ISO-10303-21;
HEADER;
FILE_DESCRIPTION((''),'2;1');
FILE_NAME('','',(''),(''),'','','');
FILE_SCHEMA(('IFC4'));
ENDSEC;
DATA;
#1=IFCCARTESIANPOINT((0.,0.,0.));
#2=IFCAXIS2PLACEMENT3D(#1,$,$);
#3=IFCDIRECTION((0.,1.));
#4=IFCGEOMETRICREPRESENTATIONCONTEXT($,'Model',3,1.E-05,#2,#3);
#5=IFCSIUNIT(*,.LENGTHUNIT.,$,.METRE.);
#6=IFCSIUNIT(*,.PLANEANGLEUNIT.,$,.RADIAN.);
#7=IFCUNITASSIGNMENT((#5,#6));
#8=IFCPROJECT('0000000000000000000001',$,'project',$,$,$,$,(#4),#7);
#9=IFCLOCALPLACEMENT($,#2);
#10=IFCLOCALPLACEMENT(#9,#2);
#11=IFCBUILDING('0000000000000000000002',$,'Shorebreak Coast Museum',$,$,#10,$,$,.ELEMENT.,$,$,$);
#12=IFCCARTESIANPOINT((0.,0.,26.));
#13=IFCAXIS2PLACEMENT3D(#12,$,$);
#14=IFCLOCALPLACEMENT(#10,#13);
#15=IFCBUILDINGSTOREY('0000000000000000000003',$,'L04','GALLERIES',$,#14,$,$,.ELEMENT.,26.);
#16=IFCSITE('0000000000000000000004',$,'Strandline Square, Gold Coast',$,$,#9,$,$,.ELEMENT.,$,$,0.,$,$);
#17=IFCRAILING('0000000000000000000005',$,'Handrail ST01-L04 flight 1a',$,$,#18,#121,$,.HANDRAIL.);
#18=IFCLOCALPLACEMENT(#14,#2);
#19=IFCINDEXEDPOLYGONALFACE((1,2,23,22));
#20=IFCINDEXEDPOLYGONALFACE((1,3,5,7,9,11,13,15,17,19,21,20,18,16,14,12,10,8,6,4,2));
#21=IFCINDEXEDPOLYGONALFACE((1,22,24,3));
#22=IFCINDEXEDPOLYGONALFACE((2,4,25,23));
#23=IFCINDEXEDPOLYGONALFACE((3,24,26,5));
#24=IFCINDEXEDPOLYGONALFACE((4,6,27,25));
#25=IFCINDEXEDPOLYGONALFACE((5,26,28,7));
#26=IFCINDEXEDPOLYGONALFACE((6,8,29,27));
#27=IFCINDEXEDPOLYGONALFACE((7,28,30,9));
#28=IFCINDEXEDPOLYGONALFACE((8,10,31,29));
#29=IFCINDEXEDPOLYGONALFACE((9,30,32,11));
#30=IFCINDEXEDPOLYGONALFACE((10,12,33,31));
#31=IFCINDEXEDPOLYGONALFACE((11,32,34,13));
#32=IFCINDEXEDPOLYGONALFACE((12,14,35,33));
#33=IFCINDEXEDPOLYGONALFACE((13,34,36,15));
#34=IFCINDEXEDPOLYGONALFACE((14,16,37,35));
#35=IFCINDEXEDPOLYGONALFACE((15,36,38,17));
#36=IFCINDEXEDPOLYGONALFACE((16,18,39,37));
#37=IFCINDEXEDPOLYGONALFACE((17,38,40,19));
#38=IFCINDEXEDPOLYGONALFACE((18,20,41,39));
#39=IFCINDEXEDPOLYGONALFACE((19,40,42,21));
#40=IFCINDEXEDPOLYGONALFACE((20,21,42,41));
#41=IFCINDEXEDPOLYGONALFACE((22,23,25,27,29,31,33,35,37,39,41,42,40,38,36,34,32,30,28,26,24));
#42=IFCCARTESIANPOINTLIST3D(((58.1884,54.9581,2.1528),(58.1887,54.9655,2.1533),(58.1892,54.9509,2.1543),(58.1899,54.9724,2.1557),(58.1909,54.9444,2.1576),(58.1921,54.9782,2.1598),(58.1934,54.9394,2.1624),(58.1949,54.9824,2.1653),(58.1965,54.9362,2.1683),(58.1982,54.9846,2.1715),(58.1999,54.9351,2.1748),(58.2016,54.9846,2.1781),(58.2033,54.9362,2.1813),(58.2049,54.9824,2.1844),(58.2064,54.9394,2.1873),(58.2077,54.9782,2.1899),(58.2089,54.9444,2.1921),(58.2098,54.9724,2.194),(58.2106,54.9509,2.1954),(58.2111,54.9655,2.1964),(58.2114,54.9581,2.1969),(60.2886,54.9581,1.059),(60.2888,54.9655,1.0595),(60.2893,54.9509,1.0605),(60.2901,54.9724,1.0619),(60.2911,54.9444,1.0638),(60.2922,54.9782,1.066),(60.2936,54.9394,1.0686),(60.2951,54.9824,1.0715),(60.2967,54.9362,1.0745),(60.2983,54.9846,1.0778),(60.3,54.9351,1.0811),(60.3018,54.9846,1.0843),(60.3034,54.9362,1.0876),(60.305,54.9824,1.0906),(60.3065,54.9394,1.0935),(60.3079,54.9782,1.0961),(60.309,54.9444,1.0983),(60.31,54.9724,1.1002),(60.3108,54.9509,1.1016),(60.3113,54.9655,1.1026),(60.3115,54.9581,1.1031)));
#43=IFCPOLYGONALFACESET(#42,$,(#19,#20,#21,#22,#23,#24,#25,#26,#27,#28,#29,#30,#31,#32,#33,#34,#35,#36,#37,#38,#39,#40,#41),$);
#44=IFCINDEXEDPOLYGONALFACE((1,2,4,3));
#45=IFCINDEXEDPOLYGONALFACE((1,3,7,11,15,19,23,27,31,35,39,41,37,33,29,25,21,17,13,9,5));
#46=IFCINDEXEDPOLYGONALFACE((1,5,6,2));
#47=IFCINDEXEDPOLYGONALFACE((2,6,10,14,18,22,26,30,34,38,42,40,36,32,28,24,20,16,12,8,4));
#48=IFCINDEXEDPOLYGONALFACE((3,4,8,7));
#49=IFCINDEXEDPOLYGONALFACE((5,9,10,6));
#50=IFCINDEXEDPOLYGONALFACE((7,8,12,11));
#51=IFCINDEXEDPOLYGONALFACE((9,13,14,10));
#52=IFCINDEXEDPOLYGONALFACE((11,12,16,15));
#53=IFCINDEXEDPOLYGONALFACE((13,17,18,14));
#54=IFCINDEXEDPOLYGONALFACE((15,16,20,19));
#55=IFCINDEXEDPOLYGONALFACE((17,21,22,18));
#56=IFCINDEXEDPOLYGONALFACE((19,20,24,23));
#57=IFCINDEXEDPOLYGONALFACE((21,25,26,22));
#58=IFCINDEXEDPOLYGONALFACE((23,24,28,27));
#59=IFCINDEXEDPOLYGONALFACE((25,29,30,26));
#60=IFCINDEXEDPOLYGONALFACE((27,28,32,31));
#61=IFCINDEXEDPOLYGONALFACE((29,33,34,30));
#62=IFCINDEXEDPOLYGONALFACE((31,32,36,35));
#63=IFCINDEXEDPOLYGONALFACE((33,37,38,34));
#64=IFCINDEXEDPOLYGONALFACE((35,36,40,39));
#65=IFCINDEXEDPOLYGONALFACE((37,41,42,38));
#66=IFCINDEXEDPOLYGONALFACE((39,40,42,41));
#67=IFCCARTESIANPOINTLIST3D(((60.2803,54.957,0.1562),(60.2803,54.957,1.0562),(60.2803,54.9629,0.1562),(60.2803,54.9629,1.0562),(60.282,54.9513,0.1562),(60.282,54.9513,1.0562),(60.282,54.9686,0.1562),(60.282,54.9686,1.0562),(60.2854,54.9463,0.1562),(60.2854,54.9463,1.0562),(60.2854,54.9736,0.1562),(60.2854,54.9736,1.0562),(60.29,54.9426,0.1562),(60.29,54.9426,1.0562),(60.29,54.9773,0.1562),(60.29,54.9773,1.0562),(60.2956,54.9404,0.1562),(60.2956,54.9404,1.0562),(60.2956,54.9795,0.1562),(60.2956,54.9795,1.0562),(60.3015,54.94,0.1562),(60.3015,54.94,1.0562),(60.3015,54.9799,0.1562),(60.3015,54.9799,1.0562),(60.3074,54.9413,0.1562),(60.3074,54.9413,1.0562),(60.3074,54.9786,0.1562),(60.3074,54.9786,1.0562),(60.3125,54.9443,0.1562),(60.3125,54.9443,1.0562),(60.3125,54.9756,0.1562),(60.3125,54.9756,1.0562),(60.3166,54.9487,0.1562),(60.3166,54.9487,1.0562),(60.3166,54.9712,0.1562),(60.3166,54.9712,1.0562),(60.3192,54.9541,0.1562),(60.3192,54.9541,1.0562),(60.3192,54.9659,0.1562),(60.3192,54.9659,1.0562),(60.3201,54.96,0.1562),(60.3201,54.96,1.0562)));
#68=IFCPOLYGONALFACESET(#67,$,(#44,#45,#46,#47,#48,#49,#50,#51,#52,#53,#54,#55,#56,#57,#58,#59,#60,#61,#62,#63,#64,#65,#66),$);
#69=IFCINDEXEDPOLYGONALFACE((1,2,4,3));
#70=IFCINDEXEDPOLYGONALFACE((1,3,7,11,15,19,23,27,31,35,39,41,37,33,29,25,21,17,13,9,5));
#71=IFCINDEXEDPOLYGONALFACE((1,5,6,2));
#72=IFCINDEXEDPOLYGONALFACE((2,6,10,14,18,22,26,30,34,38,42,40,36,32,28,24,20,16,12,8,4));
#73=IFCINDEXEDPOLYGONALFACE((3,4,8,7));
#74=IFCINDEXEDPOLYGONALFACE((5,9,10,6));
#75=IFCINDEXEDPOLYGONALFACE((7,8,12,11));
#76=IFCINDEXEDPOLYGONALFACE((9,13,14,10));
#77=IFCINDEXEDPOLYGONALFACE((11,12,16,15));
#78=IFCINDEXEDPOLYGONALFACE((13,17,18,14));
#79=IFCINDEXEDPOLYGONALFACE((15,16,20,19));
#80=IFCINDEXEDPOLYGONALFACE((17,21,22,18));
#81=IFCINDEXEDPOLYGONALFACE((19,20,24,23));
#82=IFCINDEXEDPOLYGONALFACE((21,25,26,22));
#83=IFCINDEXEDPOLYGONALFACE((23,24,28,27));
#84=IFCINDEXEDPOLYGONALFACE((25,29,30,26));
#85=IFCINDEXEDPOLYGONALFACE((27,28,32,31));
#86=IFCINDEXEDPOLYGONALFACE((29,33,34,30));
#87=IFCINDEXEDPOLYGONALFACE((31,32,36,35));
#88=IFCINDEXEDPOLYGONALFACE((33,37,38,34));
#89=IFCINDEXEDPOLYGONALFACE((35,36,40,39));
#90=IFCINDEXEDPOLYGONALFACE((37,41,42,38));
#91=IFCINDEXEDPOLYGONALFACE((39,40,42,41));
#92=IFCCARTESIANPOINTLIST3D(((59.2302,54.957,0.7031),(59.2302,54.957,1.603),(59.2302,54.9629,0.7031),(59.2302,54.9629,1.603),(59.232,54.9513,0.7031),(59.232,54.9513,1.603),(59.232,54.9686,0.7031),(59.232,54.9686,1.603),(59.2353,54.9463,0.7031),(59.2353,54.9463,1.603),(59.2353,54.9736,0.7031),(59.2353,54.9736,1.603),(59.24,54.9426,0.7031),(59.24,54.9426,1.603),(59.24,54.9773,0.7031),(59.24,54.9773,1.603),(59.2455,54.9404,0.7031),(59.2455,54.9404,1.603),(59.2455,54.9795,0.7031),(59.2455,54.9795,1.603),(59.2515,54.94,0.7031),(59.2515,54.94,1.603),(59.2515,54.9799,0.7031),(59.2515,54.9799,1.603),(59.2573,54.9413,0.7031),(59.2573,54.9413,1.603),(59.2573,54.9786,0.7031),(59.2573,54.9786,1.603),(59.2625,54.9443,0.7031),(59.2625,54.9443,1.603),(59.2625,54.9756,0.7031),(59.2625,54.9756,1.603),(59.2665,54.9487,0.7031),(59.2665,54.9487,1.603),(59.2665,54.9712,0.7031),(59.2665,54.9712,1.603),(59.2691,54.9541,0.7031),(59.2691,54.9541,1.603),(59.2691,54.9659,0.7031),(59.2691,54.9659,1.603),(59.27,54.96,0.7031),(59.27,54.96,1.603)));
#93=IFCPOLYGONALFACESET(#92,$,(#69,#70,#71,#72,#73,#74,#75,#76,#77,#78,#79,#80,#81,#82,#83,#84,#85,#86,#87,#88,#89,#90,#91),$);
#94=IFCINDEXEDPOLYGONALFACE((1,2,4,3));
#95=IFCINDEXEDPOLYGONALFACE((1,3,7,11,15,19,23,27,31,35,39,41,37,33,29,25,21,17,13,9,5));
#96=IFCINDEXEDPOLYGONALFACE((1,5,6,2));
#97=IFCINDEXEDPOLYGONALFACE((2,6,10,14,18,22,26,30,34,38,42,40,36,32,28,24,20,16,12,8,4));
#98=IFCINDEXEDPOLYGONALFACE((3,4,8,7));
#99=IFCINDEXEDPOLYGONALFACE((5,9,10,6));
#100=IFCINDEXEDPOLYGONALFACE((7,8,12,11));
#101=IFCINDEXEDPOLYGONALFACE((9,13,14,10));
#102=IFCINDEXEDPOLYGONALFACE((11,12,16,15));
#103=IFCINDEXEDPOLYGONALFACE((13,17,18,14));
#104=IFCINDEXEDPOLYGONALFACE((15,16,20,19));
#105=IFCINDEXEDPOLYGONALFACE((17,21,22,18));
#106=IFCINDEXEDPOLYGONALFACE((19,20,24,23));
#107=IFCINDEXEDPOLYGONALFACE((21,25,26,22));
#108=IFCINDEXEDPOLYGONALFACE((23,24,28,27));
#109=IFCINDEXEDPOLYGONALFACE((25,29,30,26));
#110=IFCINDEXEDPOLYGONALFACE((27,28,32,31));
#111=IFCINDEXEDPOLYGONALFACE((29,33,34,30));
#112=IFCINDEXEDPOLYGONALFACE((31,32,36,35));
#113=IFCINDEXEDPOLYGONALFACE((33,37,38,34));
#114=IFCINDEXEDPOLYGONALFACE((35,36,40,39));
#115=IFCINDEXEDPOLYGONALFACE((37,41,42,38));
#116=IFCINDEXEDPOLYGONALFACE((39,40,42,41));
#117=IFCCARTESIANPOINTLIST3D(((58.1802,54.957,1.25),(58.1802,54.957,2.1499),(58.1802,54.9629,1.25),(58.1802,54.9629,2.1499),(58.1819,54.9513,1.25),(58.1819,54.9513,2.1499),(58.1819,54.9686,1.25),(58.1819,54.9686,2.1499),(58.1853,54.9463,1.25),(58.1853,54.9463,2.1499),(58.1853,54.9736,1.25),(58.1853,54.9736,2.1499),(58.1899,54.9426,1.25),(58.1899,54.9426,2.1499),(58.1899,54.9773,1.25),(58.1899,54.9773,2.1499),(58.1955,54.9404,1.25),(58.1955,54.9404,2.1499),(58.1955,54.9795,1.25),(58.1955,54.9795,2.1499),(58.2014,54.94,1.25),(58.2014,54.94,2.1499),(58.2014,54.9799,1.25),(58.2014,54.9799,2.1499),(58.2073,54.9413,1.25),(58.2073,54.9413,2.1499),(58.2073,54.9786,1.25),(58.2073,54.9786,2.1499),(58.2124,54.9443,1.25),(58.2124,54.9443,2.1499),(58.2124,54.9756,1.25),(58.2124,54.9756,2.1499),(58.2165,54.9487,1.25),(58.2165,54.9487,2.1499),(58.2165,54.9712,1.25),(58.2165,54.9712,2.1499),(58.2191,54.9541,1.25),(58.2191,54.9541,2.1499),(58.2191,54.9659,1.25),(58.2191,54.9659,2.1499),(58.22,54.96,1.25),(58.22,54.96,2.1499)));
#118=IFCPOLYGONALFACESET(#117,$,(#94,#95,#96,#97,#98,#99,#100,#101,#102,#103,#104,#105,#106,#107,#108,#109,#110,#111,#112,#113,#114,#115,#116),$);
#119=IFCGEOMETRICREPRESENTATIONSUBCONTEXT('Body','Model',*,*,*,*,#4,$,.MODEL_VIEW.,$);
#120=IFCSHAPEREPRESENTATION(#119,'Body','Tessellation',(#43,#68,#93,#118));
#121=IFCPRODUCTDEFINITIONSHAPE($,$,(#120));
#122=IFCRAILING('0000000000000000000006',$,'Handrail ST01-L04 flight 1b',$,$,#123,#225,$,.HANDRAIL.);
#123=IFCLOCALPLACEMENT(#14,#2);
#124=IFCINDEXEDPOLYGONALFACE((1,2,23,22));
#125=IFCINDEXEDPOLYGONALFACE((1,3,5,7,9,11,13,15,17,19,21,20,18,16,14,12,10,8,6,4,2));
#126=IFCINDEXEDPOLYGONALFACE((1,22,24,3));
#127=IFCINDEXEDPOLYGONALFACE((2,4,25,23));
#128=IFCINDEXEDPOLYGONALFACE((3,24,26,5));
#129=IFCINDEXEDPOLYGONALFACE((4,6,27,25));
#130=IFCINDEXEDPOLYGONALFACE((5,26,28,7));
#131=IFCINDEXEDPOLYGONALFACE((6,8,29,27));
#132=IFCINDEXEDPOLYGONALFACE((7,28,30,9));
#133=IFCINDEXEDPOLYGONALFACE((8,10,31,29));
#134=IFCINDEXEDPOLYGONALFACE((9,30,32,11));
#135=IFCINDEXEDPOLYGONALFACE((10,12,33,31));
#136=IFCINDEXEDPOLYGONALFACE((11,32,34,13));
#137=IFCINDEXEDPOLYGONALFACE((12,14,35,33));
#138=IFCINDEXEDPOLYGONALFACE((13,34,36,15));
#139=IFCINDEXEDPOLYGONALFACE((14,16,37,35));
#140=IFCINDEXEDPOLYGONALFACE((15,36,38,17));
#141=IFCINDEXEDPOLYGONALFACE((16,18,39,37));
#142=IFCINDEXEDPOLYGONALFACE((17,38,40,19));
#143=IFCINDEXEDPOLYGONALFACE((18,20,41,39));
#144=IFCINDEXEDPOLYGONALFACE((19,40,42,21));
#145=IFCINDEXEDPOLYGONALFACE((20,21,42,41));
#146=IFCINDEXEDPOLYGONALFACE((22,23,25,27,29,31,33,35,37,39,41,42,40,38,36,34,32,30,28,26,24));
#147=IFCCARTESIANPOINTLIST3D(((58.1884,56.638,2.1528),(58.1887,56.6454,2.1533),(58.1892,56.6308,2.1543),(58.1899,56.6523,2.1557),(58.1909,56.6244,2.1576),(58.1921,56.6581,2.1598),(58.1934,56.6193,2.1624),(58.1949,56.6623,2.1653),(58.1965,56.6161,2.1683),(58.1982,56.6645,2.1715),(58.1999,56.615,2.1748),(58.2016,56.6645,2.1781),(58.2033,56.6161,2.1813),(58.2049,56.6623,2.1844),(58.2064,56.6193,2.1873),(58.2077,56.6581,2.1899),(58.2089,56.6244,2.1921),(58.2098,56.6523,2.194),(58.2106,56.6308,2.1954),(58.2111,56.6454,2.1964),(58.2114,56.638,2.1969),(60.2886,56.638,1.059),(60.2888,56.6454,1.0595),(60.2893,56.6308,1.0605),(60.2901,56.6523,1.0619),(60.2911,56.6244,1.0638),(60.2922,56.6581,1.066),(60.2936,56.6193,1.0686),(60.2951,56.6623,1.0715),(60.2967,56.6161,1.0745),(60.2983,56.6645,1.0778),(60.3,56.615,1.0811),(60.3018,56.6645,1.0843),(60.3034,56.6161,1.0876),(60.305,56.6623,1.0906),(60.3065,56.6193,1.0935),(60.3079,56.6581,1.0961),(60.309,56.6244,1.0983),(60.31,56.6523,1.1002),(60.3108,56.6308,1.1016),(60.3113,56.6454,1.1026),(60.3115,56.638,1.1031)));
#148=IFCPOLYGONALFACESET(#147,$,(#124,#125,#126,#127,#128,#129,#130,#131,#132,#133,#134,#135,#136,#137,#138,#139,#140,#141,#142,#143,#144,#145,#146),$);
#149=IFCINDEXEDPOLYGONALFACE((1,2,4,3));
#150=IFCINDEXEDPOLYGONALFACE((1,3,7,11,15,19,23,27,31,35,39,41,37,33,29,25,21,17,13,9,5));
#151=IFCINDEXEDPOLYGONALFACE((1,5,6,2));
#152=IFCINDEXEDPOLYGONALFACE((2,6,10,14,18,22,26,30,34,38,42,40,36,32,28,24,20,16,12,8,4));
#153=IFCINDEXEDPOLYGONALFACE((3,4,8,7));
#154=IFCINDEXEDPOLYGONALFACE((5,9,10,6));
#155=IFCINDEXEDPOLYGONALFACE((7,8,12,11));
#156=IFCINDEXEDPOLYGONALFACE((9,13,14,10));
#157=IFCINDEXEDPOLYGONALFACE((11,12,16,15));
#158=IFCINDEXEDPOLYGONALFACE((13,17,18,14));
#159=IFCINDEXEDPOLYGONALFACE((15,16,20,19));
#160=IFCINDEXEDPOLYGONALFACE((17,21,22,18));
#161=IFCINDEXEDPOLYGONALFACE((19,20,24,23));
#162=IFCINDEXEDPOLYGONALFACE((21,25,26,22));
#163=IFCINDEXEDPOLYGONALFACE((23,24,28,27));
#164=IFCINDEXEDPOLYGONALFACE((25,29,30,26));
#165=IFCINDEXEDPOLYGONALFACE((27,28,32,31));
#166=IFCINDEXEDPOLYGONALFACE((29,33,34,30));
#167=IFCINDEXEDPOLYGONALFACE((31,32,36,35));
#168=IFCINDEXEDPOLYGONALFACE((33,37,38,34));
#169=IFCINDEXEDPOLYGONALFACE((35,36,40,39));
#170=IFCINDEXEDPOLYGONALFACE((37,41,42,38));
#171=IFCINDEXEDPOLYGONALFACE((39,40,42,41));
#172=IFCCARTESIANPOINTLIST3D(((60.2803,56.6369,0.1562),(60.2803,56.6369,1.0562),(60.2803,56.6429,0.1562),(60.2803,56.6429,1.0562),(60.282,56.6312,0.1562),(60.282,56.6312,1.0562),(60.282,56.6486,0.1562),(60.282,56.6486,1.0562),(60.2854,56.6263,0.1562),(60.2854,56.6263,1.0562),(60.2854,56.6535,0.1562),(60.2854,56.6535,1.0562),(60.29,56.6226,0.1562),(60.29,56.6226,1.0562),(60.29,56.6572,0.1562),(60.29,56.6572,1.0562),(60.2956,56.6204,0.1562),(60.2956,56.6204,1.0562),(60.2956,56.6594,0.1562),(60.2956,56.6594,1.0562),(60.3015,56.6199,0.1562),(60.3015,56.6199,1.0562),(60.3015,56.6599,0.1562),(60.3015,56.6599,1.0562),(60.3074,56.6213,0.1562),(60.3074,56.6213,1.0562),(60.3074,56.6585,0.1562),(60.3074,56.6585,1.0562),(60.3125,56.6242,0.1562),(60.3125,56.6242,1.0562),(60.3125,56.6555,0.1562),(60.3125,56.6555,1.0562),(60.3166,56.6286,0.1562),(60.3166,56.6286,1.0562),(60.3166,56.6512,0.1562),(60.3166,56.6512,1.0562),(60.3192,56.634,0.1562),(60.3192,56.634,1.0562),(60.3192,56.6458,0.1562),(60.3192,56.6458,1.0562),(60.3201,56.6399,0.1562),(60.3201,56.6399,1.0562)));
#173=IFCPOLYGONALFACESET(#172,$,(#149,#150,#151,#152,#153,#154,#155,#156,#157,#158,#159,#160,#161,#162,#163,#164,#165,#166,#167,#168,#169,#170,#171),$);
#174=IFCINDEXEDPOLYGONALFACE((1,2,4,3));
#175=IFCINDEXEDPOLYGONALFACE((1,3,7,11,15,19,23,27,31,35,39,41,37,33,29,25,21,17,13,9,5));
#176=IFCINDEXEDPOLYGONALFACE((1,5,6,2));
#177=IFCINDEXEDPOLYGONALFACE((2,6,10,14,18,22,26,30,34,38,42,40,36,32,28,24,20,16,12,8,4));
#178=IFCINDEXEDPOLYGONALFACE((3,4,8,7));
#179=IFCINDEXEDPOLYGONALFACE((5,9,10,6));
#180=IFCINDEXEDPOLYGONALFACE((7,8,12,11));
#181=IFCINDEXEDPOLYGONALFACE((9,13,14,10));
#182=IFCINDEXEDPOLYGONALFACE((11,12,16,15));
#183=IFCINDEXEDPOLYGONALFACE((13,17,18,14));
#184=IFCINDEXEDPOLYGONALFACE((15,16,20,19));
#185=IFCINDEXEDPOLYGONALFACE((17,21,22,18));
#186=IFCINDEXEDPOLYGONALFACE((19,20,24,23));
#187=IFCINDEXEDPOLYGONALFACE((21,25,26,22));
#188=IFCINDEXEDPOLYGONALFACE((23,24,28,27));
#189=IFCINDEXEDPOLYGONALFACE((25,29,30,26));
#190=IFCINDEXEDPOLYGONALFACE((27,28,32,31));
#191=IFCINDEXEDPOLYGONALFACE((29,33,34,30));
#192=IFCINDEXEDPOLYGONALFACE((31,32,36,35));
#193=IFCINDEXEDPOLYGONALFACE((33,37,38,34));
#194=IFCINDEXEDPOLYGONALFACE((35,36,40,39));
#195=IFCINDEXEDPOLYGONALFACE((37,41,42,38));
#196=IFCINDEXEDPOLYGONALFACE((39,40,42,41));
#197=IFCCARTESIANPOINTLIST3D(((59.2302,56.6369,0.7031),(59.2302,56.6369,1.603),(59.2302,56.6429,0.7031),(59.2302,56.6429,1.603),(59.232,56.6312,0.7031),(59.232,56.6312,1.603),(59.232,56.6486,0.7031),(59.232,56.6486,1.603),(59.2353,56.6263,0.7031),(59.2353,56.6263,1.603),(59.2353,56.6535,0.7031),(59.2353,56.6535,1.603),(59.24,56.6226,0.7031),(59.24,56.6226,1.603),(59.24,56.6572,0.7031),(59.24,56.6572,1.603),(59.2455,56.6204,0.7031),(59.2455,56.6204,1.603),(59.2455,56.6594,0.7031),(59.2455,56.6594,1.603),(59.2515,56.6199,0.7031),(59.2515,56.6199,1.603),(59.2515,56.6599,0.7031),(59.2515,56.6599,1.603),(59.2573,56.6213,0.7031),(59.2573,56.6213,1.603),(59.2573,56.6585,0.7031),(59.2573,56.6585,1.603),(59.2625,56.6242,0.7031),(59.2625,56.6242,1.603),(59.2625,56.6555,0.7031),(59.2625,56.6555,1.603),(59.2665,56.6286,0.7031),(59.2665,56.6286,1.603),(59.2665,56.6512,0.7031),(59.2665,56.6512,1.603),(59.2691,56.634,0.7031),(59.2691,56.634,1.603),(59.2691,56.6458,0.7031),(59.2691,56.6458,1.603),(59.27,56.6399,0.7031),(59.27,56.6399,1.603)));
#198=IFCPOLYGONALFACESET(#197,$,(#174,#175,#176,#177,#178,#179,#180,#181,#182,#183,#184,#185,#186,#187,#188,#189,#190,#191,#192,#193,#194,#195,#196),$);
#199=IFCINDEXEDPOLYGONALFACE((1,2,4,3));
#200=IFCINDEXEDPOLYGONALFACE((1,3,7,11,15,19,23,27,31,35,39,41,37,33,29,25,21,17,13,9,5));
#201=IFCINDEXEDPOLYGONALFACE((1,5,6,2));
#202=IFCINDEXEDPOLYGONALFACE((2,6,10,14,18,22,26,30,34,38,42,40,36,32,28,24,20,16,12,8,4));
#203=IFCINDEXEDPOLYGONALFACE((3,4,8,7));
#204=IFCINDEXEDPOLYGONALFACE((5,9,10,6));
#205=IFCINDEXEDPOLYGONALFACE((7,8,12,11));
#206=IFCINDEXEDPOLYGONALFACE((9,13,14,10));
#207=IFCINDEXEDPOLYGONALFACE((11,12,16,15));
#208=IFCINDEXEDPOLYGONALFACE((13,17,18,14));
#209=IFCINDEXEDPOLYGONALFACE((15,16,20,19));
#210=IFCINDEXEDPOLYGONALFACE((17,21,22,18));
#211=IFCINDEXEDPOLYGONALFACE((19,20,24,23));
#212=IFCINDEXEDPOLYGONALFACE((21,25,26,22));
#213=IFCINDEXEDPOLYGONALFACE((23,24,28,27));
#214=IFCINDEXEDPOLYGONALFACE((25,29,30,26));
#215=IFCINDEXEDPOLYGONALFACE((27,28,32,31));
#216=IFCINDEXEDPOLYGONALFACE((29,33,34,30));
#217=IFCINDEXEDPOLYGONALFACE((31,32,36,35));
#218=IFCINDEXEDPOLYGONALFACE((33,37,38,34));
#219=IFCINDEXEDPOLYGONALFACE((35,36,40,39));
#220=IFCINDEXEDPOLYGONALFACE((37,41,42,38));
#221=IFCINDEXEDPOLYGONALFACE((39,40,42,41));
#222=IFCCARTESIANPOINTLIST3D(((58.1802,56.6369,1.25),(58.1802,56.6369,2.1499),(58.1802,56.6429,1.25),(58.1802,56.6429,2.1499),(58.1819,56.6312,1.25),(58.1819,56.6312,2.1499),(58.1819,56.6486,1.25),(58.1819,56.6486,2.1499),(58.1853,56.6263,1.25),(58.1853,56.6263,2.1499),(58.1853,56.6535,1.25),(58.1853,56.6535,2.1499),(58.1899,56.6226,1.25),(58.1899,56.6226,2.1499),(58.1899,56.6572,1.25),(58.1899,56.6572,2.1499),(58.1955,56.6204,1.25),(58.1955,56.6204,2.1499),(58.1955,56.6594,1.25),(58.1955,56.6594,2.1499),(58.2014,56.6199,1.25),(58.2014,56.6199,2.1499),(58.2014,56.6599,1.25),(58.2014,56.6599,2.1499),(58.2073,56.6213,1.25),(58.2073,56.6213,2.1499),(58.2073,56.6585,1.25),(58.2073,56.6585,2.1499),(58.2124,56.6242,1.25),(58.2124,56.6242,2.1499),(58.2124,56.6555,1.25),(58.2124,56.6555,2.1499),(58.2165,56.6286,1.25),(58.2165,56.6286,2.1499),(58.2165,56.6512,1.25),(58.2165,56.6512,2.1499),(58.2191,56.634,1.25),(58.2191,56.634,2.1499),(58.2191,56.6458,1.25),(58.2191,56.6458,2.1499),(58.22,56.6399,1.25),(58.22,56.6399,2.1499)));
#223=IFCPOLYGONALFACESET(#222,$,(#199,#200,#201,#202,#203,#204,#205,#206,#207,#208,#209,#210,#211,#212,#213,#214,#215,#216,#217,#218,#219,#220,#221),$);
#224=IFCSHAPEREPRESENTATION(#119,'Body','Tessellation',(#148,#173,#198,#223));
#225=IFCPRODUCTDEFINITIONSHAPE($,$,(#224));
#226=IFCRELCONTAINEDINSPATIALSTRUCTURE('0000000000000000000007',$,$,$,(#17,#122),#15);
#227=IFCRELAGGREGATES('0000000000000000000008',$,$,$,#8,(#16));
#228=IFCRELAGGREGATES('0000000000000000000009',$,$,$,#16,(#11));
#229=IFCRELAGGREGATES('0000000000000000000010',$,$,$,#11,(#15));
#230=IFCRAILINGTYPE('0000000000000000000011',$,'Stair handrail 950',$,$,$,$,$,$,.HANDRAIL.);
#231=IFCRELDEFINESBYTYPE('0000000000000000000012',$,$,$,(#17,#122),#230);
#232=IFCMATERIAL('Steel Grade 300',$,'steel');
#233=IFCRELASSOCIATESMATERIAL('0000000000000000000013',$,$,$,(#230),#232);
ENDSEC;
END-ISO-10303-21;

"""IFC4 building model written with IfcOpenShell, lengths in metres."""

from ifc_helpers import new_model, si_unit, direction, frame, origin, origin_2d, place, context, subcontext, project, spatial, circle, extrude, material, type_object, element, save


model = new_model("IFC4")

# Units and contexts
model_context = context("Model", 3, precision=1e-05, world=origin(), true_north=direction((0.0, 1.0)))
body_context = subcontext(model_context, "Body", "Model", "MODEL_VIEW")
ifc_project = project(units=[si_unit("LENGTHUNIT", "METRE"), si_unit("PLANEANGLEUNIT", "RADIAN")], contexts=[model_context])

# Site, building, storey
site_placement = place(None, origin())
site = spatial("IfcSite", under=ifc_project, at=site_placement, Name="Strandline Square, Gold Coast", CompositionType="ELEMENT", RefElevation=0.0)
building_placement = place(site_placement, origin())
building = spatial("IfcBuilding", under=site, at=building_placement, Name="Shorebreak Coast Museum", CompositionType="ELEMENT")
storey_placement = place(building_placement, frame((0.0, 0.0, 26.0)))
storey = spatial("IfcBuildingStorey", under=building, at=storey_placement, Name="L04", Description="GALLERIES", CompositionType="ELEMENT", Elevation=26.0)

# Railings
ifc_material_1 = material(Name="Steel Grade 300", Category="steel")
railing_type_1 = type_object("IfcRailingType", Name="Stair handrail 950", PredefinedType="HANDRAIL", material=ifc_material_1)
for number, where, name in (
    (1, (60.3, 54.96, 0.1562), "Handrail ST01-L04 flight 1a"),
    (2, (60.3, 56.6399, 0.1562), "Handrail ST01-L04 flight 1b"),
):
    element("IfcRailing", number, at=place(storey_placement, frame(where)), inside=storey, type_object=railing_type_1, Name=name, PredefinedType="HANDRAIL", context=body_context, shape_type="SweptSolid", body=[
        extrude(circle(Radius=0.0249, at=origin_2d()), frame((0.0, 0.0, 0.9248), z_axis=(-0.886923, 0.0, 0.461918), x_axis=(0.0, -1.0, 0.0)), (0.0, 0.0, 1.0), 2.3679),
        extrude(circle(Radius=0.02, at=origin_2d()), origin(), (0.0, 0.0, 1.0), 0.8999),
        extrude(circle(Radius=0.02, at=origin_2d()), frame((-1.05, 0.0, 0.5469)), (0.0, 0.0, 1.0), 0.8999),
        extrude(circle(Radius=0.02, at=origin_2d()), frame((-2.1001, 0.0, 1.0938)), (0.0, 0.0, 1.0), 0.8999),
    ])

save(model, "model.ifc")
